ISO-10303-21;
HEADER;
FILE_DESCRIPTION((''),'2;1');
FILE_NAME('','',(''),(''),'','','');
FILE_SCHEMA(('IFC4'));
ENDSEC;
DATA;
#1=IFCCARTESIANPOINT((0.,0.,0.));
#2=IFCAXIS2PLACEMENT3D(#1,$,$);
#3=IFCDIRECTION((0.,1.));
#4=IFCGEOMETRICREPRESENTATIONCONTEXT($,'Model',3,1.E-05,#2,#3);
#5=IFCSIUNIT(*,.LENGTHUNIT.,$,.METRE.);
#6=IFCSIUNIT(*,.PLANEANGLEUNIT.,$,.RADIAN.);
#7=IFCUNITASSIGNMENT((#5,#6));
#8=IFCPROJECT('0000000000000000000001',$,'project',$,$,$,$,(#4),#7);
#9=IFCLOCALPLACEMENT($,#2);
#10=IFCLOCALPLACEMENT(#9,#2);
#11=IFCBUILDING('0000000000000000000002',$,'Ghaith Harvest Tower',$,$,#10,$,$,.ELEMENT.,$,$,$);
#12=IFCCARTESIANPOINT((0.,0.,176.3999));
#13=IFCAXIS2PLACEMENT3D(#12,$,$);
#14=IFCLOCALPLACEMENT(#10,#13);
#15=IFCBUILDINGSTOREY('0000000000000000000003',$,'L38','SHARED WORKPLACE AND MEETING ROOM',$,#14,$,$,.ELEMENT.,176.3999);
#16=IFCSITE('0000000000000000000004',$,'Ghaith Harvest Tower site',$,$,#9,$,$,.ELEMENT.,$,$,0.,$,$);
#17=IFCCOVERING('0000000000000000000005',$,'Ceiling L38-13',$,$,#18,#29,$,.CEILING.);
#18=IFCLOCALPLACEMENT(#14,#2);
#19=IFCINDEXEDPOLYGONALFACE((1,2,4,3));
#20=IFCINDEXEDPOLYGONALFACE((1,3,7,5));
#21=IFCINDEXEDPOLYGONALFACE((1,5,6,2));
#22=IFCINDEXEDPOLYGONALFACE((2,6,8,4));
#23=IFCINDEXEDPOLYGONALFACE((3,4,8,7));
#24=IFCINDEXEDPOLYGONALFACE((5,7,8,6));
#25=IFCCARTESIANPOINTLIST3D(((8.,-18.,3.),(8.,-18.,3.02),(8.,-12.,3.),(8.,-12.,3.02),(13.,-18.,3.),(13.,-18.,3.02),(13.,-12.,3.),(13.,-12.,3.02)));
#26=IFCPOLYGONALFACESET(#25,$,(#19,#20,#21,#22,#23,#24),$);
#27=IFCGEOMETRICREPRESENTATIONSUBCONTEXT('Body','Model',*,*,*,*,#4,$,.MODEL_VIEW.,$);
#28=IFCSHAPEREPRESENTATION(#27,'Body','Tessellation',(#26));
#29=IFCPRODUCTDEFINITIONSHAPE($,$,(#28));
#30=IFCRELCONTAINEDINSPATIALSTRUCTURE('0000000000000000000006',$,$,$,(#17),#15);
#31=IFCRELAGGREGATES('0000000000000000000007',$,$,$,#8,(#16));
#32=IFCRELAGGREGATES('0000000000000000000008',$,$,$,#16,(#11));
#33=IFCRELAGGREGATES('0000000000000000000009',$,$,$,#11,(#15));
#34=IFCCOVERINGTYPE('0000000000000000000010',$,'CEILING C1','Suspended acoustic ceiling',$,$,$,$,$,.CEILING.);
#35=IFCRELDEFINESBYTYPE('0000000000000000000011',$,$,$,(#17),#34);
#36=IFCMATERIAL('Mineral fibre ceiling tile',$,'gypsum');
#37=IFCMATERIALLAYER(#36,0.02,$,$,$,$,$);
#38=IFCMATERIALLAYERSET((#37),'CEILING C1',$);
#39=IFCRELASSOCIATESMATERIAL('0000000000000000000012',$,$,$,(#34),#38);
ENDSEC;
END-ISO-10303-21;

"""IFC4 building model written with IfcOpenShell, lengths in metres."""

from ifc_helpers import new_model, si_unit, direction, frame, origin, place, context, subcontext, project, spatial, polyline, outline, extrude, material, layer, layer_set, type_object, element, save


model = new_model("IFC4")

# Units and contexts
model_context = context("Model", 3, precision=1e-05, world=origin(), true_north=direction((0.0, 1.0)))
body_context = subcontext(model_context, "Body", "Model", "MODEL_VIEW")
ifc_project = project(units=[si_unit("LENGTHUNIT", "METRE"), si_unit("PLANEANGLEUNIT", "RADIAN")], contexts=[model_context])

# Site, building, storey
site_placement = place(None, origin())
site = spatial("IfcSite", under=ifc_project, at=site_placement, Name="Ghaith Harvest Tower site", CompositionType="ELEMENT", RefElevation=0.0)
building_placement = place(site_placement, origin())
building = spatial("IfcBuilding", under=site, at=building_placement, Name="Ghaith Harvest Tower", CompositionType="ELEMENT")
storey_placement = place(building_placement, frame((0.0, 0.0, 176.3999)))
storey = spatial("IfcBuildingStorey", under=building, at=storey_placement, Name="L38", Description="SHARED WORKPLACE AND MEETING ROOM", CompositionType="ELEMENT", Elevation=176.3999)

# Covering
ifc_material_1 = material(Name="Mineral fibre ceiling tile", Category="gypsum")
ifc_layer_1 = layer(ifc_material_1, 0.02)
ifc_layer_set_1 = layer_set([ifc_layer_1], Name="CEILING C1")
covering_type = type_object("IfcCoveringType", Name="CEILING C1", Description="Suspended acoustic ceiling", PredefinedType="CEILING", material=ifc_layer_set_1)
covering_1_placement = place(storey_placement, frame((0.0, 0.0, 3.0)))
element("IfcCovering", 1, at=covering_1_placement, inside=storey, type_object=covering_type, Name="Ceiling L38-13", PredefinedType="CEILING", context=body_context, shape_type="SweptSolid", body=[
    extrude(outline(polyline([(8.0, -18.0), (13.0, -18.0), (13.0, -12.0), (8.0, -12.0), (8.0, -18.0)])), origin(), (0.0, 0.0, 1.0), 0.02),
])

save(model, "model.ifc")
